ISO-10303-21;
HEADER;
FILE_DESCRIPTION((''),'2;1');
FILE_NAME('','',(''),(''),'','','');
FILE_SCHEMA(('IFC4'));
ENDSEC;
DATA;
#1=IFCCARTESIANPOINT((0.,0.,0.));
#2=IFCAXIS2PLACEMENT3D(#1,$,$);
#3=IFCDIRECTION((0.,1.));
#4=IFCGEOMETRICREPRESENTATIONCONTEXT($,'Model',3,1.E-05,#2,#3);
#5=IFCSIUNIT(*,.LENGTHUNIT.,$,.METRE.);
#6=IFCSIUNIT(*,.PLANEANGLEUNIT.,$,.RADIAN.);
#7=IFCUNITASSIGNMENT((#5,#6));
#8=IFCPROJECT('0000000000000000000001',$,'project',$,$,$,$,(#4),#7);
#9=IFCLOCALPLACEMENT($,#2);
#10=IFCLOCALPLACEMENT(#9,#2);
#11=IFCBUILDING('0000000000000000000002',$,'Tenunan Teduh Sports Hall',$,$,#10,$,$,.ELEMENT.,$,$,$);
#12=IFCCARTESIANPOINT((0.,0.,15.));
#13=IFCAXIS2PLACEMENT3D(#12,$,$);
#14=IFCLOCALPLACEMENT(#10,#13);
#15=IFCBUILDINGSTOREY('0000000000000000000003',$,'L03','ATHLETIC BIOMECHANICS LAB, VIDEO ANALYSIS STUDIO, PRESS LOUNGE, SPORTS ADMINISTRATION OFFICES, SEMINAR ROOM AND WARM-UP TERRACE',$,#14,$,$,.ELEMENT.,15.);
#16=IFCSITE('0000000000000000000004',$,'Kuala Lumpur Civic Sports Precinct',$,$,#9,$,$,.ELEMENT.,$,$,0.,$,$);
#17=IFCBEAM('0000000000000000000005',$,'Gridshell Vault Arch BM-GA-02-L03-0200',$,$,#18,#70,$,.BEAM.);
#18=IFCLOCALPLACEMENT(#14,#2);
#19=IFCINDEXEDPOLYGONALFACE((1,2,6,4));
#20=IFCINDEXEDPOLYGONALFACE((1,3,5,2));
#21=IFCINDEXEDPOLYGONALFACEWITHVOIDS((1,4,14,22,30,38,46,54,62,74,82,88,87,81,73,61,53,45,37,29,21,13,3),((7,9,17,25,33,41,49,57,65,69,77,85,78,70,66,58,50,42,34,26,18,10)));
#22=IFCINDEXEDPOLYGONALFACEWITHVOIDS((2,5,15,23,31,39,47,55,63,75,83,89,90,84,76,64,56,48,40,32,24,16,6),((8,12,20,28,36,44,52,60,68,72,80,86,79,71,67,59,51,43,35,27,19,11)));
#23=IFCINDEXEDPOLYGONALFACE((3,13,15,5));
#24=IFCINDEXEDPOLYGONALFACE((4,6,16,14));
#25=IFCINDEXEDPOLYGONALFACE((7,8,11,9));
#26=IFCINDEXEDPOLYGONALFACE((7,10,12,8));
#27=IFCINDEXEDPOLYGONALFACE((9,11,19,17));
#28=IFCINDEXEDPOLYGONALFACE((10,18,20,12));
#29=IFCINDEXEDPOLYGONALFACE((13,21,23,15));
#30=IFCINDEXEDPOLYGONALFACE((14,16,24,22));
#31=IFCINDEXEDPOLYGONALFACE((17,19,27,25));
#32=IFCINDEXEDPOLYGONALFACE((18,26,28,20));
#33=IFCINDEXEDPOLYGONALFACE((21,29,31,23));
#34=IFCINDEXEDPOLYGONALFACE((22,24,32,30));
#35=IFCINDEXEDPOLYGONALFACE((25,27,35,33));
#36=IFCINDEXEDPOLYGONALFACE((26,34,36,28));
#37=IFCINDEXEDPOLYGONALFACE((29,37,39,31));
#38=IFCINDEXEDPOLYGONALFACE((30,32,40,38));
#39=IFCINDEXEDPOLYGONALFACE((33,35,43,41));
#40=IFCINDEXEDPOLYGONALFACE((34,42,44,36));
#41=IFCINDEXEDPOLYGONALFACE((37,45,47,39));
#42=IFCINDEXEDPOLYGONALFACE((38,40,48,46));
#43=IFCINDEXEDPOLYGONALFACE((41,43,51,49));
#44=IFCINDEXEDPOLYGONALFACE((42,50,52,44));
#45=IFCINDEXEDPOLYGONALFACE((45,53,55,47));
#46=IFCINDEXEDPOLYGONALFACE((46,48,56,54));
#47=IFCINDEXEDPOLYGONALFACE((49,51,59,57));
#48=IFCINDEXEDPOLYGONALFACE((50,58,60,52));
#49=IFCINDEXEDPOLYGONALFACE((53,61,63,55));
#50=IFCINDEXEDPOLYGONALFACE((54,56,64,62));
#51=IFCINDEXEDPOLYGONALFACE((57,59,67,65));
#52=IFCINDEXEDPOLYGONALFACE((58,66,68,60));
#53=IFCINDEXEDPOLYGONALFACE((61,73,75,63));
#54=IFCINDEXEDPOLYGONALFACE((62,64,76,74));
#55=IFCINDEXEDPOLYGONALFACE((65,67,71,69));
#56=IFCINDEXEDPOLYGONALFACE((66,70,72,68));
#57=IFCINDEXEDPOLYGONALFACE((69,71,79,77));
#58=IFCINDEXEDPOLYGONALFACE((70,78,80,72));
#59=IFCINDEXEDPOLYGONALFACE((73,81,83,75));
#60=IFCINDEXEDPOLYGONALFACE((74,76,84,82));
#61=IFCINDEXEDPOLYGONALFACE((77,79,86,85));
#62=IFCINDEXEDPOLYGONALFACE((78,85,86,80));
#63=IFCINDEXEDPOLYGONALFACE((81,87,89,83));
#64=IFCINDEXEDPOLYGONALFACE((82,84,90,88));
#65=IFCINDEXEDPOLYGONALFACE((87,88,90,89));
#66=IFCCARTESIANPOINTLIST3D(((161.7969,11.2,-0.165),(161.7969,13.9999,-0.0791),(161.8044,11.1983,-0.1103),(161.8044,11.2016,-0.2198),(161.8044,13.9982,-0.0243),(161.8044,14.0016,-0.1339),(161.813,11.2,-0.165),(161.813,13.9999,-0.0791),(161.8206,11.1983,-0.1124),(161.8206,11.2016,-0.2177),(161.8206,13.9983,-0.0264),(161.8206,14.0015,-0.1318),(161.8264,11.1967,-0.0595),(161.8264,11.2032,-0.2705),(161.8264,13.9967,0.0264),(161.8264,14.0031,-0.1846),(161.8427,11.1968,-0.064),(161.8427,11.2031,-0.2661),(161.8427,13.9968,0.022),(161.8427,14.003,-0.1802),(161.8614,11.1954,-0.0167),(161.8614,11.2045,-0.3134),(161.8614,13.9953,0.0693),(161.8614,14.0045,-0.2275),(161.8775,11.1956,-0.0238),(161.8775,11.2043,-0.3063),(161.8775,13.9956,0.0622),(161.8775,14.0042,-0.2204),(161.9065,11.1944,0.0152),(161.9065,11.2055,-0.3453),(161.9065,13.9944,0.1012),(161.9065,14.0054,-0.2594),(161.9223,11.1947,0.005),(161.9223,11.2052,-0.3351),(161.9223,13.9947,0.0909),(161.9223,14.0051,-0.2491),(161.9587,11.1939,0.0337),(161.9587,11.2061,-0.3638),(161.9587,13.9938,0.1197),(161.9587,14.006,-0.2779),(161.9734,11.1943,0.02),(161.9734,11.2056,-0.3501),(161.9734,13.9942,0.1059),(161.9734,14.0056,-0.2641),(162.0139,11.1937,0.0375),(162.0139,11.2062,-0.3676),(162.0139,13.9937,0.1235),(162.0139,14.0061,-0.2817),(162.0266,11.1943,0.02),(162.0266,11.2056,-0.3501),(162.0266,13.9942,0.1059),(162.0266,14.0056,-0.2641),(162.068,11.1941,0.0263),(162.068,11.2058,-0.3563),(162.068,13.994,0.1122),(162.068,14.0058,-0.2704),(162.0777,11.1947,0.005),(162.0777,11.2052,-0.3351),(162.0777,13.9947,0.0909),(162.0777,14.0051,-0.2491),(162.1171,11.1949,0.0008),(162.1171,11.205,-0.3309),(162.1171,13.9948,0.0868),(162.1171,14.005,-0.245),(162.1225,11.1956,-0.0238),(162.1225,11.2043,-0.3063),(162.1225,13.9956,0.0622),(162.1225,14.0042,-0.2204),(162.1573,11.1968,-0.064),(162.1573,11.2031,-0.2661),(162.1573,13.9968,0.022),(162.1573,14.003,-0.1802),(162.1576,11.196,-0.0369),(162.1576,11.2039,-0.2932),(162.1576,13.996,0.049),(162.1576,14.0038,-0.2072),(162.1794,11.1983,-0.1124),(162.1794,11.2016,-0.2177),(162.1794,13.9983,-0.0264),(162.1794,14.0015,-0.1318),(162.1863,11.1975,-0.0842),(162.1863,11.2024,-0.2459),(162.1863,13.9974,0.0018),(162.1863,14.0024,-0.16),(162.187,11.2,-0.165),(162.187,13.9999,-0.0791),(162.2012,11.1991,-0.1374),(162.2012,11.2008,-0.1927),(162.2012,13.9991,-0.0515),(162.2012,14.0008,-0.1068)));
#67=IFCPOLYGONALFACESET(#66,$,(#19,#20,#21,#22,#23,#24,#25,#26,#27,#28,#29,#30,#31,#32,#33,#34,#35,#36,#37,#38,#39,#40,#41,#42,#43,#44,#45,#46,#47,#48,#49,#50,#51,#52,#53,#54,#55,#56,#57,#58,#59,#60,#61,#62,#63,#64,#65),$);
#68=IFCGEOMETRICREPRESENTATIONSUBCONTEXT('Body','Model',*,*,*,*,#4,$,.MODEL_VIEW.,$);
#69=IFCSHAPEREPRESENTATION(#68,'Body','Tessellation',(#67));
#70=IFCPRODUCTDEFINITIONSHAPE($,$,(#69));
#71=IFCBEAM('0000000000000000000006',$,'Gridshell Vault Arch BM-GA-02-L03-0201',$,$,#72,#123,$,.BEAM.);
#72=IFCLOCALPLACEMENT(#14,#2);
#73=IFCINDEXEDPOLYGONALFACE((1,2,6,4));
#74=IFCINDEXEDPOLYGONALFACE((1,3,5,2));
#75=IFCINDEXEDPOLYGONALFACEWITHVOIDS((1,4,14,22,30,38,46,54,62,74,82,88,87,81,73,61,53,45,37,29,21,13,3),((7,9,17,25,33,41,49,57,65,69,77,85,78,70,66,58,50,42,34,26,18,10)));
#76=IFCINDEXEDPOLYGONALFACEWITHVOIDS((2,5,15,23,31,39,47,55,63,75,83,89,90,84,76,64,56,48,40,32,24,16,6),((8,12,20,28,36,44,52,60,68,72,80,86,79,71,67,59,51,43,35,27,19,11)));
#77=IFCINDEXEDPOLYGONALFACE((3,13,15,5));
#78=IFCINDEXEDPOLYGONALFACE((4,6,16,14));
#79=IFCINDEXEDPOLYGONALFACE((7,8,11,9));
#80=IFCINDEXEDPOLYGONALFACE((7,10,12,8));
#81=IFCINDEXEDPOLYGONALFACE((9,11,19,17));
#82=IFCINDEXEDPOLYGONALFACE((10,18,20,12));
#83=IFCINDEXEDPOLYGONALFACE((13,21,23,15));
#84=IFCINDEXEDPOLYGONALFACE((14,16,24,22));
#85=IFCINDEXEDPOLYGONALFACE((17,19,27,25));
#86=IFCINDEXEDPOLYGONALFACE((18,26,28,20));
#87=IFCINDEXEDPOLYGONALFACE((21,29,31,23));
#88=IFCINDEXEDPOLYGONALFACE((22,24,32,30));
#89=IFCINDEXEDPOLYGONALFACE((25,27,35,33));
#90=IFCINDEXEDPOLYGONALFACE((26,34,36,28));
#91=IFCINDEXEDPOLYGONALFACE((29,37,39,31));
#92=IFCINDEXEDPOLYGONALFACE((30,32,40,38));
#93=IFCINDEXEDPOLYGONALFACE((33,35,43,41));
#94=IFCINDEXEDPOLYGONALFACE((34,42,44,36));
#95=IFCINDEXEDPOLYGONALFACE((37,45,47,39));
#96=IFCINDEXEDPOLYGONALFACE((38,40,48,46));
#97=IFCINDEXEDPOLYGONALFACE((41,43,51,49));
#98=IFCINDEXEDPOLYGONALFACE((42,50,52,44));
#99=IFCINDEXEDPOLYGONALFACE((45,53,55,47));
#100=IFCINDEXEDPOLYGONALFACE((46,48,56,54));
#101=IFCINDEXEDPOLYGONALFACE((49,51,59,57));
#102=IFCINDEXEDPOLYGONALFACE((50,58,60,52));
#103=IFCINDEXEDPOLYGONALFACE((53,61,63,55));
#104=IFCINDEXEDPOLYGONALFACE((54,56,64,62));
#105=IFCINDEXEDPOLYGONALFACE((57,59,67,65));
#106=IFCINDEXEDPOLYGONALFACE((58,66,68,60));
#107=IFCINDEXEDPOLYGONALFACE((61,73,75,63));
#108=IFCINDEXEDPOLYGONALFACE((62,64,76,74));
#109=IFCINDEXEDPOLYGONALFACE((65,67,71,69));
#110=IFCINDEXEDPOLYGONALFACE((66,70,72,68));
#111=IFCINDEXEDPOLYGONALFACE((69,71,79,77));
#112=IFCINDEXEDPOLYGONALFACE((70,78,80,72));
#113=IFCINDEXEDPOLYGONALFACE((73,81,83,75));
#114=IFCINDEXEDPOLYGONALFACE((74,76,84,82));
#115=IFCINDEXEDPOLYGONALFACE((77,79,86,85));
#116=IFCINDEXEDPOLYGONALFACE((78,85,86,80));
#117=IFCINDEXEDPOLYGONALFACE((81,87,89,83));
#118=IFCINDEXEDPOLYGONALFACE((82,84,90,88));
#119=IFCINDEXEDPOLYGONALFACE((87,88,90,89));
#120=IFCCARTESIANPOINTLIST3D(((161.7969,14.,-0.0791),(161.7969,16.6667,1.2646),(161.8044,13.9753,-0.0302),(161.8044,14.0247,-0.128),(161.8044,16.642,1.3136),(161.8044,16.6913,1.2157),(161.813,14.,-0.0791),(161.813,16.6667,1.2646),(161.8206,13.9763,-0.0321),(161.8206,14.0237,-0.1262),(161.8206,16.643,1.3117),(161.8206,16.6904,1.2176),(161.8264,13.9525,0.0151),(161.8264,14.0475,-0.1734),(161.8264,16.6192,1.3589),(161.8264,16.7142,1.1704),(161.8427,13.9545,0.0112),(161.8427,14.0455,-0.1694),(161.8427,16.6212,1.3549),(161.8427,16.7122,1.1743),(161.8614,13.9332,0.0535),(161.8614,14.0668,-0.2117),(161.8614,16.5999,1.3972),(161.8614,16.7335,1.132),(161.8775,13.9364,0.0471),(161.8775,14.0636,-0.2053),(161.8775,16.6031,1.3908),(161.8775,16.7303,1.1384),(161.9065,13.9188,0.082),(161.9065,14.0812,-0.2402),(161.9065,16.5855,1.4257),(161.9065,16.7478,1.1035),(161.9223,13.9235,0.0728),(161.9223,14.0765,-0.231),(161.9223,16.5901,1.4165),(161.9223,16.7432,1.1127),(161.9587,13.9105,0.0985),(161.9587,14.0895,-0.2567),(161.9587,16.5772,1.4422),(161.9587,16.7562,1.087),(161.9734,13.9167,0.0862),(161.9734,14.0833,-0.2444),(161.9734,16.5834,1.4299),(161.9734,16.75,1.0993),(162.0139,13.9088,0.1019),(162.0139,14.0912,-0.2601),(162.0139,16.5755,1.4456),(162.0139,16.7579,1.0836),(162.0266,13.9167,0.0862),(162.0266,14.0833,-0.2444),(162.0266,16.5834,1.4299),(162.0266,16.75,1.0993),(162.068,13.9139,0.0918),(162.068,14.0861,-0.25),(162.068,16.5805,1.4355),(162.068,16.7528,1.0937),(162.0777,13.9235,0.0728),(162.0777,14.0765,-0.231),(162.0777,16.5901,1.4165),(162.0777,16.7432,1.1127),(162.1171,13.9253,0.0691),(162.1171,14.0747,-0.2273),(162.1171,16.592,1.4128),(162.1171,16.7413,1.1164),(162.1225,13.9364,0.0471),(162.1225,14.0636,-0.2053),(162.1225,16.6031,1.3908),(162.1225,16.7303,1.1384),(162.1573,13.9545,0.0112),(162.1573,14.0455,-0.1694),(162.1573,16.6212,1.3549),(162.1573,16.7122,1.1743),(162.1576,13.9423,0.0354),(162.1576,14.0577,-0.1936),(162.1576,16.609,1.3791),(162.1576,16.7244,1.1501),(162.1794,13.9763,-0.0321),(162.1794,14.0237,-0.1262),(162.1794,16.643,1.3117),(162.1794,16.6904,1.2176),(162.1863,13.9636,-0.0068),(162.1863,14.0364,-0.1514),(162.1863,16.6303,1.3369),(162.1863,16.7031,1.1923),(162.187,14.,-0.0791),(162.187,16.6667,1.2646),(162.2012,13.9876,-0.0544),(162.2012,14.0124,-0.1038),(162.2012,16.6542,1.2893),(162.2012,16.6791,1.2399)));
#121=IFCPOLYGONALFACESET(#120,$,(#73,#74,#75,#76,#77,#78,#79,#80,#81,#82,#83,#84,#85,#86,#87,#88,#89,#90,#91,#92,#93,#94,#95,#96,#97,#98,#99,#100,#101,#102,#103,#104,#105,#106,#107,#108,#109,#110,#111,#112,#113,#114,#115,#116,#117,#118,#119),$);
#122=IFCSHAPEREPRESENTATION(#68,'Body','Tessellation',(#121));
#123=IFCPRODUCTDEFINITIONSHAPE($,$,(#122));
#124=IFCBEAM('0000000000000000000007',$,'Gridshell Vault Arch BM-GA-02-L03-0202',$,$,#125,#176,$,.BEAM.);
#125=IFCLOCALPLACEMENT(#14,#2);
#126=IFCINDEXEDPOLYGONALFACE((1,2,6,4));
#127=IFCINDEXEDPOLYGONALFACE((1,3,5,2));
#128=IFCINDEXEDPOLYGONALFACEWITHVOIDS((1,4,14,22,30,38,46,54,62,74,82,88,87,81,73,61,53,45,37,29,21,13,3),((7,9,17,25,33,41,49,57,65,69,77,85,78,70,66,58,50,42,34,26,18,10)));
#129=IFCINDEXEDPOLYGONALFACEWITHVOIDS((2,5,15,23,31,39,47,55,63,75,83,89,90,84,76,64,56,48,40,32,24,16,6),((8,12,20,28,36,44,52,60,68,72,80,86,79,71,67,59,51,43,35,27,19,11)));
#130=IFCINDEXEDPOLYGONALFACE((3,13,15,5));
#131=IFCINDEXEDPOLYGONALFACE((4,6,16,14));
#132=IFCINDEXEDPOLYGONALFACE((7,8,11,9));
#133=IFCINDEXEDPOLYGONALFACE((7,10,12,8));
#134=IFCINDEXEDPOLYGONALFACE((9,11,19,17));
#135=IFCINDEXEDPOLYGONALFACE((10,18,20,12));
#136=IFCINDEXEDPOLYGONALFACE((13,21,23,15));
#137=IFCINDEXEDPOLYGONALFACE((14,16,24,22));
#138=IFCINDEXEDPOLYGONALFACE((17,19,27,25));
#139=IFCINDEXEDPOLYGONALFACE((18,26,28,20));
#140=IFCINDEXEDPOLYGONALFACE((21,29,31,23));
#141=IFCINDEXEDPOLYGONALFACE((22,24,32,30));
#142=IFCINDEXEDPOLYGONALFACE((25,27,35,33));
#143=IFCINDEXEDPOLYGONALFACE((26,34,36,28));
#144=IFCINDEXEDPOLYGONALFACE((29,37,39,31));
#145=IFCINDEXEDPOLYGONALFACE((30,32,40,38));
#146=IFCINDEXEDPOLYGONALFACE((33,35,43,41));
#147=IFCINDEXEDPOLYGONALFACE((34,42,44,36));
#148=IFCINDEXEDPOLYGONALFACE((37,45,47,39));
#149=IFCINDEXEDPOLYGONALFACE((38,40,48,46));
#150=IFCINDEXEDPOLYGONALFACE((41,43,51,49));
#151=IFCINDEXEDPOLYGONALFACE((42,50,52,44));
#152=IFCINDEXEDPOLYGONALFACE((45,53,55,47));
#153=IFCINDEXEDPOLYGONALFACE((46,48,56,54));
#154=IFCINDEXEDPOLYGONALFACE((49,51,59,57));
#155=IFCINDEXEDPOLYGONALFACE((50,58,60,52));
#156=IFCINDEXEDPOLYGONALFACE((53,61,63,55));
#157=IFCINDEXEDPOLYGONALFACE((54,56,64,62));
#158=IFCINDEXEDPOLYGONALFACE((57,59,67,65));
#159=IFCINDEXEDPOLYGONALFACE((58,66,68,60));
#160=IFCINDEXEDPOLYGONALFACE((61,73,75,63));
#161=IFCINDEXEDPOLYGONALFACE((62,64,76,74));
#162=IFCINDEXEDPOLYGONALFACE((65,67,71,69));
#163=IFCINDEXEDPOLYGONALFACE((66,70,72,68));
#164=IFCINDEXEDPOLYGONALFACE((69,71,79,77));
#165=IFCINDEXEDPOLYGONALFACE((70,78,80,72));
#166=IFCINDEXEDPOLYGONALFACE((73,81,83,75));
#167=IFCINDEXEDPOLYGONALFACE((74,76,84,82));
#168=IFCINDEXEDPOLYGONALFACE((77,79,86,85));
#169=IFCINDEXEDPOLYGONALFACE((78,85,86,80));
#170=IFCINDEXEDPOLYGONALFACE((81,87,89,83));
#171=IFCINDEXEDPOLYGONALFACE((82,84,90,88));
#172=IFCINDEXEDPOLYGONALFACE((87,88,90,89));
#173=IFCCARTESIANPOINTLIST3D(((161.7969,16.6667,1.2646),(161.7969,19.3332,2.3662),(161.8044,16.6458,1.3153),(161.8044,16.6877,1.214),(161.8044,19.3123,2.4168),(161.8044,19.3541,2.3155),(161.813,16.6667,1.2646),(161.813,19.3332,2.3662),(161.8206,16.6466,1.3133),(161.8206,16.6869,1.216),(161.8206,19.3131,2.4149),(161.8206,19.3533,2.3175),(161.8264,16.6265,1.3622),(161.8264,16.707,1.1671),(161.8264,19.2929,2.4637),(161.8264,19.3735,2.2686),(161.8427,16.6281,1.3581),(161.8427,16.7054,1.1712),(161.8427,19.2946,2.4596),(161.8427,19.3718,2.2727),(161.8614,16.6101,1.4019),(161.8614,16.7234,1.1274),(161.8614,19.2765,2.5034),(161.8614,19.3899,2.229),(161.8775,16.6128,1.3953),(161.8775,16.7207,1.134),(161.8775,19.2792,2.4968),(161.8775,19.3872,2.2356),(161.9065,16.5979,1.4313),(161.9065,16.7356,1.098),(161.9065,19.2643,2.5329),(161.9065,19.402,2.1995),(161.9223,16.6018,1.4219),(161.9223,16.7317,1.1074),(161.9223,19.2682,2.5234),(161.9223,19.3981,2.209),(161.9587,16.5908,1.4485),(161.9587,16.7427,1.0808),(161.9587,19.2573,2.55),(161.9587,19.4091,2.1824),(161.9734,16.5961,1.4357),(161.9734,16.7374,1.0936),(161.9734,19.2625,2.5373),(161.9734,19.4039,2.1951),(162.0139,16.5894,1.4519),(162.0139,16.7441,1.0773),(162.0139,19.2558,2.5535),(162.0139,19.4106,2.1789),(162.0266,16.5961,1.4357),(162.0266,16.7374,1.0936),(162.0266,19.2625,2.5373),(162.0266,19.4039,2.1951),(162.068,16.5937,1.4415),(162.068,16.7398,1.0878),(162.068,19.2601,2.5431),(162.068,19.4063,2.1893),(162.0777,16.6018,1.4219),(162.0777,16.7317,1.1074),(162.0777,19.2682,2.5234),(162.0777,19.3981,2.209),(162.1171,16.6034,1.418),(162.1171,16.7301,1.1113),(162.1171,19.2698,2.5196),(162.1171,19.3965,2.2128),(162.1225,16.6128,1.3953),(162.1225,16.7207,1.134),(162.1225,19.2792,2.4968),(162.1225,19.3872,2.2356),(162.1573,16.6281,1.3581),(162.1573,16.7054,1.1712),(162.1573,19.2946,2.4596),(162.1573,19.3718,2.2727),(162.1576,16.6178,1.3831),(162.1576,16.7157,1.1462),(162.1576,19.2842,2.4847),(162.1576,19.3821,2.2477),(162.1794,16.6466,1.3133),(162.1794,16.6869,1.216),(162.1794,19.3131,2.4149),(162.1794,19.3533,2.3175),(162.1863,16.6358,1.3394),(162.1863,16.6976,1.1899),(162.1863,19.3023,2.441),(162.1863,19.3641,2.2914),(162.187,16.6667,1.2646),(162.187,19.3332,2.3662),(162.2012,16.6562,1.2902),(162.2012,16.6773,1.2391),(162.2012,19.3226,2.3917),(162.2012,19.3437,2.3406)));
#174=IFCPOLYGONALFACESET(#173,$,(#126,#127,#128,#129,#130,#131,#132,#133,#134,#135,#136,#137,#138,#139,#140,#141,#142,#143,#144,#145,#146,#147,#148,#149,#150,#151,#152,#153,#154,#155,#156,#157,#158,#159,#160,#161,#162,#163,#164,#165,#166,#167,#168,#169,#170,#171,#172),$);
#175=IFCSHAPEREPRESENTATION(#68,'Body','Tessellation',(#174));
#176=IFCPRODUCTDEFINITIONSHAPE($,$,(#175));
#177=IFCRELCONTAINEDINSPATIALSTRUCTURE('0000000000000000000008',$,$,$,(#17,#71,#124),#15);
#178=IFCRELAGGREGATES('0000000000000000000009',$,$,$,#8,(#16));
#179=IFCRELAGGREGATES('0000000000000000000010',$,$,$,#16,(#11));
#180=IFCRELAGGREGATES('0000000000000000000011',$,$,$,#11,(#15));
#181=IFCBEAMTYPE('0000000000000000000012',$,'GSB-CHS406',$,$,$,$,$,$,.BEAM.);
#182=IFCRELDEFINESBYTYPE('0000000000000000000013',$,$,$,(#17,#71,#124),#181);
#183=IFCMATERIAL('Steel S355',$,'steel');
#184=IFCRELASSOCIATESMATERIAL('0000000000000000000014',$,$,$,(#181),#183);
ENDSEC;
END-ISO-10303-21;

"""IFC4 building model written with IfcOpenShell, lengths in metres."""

from ifc_helpers import new_model, si_unit, direction, frame, origin, origin_2d, place, context, subcontext, project, spatial, hollow_circle, extrude, material, material_profile, profile_set, type_object, element, save


model = new_model("IFC4")

# Units and contexts
model_context = context("Model", 3, precision=1e-05, world=origin(), true_north=direction((0.0, 1.0)))
body_context = subcontext(model_context, "Body", "Model", "MODEL_VIEW")
ifc_project = project(units=[si_unit("LENGTHUNIT", "METRE"), si_unit("PLANEANGLEUNIT", "RADIAN")], contexts=[model_context])

# Site, building, storey
site_placement = place(None, origin())
site = spatial("IfcSite", under=ifc_project, at=site_placement, Name="Kuala Lumpur Civic Sports Precinct", CompositionType="ELEMENT", RefElevation=0.0)
building_placement = place(site_placement, origin())
building = spatial("IfcBuilding", under=site, at=building_placement, Name="Tenunan Teduh Sports Hall", CompositionType="ELEMENT")
storey_placement = place(building_placement, frame((0.0, 0.0, 15.0)))
storey = spatial("IfcBuildingStorey", under=building, at=storey_placement, Name="L03", Description="ATHLETIC BIOMECHANICS LAB, VIDEO ANALYSIS STUDIO, PRESS LOUNGE, SPORTS ADMINISTRATION OFFICES, SEMINAR ROOM AND WARM-UP TERRACE", CompositionType="ELEMENT", Elevation=15.0)

# Beams
ifc_material_1 = material(Name="Steel S355", Category="steel")
ifc_material_profile_1 = material_profile(ifc_material_1, hollow_circle(Radius=0.2031, WallThickness=0.0161, at=origin_2d()), Name="CHS 406.4x16.0")
ifc_profile_set_1 = profile_set([ifc_material_profile_1], Name="Steel S355")
beam_type_1 = type_object("IfcBeamType", Name="GSB-CHS406", PredefinedType="BEAM", material=ifc_profile_set_1)
beam_1_placement = place(storey_placement, frame((162.0, 11.2, -0.165), z_axis=(0.0, 0.999529, 0.030677), x_axis=(-1.0, 0.0, 0.0)))
element("IfcBeam", 1, at=beam_1_placement, inside=storey, type_object=beam_type_1, Name="Gridshell Vault Arch BM-GA-02-L03-0200", PredefinedType="BEAM", context=body_context, shape_type="SweptSolid", body=[
    extrude(hollow_circle(Radius=0.2031, WallThickness=0.0161, at=origin_2d()), origin(), (0.0, 0.0, 1.0), 2.8013),
])
beam_2_placement = place(storey_placement, frame((162.0, 14.0, -0.0791), z_axis=(0.0, 0.893033, 0.449991), x_axis=(-1.0, 0.0, 0.0)))
element("IfcBeam", 2, at=beam_2_placement, inside=storey, type_object=beam_type_1, Name="Gridshell Vault Arch BM-GA-02-L03-0201", PredefinedType="BEAM", context=body_context, shape_type="SweptSolid", body=[
    extrude(hollow_circle(Radius=0.2031, WallThickness=0.0161, at=origin_2d()), origin(), (0.0, 0.0, 1.0), 2.9861),
])
beam_3_placement = place(storey_placement, frame((162.0, 16.6667, 1.2646), z_axis=(0.0, 0.924239, 0.381814), x_axis=(-1.0, 0.0, 0.0)))
element("IfcBeam", 3, at=beam_3_placement, inside=storey, type_object=beam_type_1, Name="Gridshell Vault Arch BM-GA-02-L03-0202", PredefinedType="BEAM", context=body_context, shape_type="SweptSolid", body=[
    extrude(hollow_circle(Radius=0.2031, WallThickness=0.0161, at=origin_2d()), origin(), (0.0, 0.0, 1.0), 2.885),
])

save(model, "model.ifc")
